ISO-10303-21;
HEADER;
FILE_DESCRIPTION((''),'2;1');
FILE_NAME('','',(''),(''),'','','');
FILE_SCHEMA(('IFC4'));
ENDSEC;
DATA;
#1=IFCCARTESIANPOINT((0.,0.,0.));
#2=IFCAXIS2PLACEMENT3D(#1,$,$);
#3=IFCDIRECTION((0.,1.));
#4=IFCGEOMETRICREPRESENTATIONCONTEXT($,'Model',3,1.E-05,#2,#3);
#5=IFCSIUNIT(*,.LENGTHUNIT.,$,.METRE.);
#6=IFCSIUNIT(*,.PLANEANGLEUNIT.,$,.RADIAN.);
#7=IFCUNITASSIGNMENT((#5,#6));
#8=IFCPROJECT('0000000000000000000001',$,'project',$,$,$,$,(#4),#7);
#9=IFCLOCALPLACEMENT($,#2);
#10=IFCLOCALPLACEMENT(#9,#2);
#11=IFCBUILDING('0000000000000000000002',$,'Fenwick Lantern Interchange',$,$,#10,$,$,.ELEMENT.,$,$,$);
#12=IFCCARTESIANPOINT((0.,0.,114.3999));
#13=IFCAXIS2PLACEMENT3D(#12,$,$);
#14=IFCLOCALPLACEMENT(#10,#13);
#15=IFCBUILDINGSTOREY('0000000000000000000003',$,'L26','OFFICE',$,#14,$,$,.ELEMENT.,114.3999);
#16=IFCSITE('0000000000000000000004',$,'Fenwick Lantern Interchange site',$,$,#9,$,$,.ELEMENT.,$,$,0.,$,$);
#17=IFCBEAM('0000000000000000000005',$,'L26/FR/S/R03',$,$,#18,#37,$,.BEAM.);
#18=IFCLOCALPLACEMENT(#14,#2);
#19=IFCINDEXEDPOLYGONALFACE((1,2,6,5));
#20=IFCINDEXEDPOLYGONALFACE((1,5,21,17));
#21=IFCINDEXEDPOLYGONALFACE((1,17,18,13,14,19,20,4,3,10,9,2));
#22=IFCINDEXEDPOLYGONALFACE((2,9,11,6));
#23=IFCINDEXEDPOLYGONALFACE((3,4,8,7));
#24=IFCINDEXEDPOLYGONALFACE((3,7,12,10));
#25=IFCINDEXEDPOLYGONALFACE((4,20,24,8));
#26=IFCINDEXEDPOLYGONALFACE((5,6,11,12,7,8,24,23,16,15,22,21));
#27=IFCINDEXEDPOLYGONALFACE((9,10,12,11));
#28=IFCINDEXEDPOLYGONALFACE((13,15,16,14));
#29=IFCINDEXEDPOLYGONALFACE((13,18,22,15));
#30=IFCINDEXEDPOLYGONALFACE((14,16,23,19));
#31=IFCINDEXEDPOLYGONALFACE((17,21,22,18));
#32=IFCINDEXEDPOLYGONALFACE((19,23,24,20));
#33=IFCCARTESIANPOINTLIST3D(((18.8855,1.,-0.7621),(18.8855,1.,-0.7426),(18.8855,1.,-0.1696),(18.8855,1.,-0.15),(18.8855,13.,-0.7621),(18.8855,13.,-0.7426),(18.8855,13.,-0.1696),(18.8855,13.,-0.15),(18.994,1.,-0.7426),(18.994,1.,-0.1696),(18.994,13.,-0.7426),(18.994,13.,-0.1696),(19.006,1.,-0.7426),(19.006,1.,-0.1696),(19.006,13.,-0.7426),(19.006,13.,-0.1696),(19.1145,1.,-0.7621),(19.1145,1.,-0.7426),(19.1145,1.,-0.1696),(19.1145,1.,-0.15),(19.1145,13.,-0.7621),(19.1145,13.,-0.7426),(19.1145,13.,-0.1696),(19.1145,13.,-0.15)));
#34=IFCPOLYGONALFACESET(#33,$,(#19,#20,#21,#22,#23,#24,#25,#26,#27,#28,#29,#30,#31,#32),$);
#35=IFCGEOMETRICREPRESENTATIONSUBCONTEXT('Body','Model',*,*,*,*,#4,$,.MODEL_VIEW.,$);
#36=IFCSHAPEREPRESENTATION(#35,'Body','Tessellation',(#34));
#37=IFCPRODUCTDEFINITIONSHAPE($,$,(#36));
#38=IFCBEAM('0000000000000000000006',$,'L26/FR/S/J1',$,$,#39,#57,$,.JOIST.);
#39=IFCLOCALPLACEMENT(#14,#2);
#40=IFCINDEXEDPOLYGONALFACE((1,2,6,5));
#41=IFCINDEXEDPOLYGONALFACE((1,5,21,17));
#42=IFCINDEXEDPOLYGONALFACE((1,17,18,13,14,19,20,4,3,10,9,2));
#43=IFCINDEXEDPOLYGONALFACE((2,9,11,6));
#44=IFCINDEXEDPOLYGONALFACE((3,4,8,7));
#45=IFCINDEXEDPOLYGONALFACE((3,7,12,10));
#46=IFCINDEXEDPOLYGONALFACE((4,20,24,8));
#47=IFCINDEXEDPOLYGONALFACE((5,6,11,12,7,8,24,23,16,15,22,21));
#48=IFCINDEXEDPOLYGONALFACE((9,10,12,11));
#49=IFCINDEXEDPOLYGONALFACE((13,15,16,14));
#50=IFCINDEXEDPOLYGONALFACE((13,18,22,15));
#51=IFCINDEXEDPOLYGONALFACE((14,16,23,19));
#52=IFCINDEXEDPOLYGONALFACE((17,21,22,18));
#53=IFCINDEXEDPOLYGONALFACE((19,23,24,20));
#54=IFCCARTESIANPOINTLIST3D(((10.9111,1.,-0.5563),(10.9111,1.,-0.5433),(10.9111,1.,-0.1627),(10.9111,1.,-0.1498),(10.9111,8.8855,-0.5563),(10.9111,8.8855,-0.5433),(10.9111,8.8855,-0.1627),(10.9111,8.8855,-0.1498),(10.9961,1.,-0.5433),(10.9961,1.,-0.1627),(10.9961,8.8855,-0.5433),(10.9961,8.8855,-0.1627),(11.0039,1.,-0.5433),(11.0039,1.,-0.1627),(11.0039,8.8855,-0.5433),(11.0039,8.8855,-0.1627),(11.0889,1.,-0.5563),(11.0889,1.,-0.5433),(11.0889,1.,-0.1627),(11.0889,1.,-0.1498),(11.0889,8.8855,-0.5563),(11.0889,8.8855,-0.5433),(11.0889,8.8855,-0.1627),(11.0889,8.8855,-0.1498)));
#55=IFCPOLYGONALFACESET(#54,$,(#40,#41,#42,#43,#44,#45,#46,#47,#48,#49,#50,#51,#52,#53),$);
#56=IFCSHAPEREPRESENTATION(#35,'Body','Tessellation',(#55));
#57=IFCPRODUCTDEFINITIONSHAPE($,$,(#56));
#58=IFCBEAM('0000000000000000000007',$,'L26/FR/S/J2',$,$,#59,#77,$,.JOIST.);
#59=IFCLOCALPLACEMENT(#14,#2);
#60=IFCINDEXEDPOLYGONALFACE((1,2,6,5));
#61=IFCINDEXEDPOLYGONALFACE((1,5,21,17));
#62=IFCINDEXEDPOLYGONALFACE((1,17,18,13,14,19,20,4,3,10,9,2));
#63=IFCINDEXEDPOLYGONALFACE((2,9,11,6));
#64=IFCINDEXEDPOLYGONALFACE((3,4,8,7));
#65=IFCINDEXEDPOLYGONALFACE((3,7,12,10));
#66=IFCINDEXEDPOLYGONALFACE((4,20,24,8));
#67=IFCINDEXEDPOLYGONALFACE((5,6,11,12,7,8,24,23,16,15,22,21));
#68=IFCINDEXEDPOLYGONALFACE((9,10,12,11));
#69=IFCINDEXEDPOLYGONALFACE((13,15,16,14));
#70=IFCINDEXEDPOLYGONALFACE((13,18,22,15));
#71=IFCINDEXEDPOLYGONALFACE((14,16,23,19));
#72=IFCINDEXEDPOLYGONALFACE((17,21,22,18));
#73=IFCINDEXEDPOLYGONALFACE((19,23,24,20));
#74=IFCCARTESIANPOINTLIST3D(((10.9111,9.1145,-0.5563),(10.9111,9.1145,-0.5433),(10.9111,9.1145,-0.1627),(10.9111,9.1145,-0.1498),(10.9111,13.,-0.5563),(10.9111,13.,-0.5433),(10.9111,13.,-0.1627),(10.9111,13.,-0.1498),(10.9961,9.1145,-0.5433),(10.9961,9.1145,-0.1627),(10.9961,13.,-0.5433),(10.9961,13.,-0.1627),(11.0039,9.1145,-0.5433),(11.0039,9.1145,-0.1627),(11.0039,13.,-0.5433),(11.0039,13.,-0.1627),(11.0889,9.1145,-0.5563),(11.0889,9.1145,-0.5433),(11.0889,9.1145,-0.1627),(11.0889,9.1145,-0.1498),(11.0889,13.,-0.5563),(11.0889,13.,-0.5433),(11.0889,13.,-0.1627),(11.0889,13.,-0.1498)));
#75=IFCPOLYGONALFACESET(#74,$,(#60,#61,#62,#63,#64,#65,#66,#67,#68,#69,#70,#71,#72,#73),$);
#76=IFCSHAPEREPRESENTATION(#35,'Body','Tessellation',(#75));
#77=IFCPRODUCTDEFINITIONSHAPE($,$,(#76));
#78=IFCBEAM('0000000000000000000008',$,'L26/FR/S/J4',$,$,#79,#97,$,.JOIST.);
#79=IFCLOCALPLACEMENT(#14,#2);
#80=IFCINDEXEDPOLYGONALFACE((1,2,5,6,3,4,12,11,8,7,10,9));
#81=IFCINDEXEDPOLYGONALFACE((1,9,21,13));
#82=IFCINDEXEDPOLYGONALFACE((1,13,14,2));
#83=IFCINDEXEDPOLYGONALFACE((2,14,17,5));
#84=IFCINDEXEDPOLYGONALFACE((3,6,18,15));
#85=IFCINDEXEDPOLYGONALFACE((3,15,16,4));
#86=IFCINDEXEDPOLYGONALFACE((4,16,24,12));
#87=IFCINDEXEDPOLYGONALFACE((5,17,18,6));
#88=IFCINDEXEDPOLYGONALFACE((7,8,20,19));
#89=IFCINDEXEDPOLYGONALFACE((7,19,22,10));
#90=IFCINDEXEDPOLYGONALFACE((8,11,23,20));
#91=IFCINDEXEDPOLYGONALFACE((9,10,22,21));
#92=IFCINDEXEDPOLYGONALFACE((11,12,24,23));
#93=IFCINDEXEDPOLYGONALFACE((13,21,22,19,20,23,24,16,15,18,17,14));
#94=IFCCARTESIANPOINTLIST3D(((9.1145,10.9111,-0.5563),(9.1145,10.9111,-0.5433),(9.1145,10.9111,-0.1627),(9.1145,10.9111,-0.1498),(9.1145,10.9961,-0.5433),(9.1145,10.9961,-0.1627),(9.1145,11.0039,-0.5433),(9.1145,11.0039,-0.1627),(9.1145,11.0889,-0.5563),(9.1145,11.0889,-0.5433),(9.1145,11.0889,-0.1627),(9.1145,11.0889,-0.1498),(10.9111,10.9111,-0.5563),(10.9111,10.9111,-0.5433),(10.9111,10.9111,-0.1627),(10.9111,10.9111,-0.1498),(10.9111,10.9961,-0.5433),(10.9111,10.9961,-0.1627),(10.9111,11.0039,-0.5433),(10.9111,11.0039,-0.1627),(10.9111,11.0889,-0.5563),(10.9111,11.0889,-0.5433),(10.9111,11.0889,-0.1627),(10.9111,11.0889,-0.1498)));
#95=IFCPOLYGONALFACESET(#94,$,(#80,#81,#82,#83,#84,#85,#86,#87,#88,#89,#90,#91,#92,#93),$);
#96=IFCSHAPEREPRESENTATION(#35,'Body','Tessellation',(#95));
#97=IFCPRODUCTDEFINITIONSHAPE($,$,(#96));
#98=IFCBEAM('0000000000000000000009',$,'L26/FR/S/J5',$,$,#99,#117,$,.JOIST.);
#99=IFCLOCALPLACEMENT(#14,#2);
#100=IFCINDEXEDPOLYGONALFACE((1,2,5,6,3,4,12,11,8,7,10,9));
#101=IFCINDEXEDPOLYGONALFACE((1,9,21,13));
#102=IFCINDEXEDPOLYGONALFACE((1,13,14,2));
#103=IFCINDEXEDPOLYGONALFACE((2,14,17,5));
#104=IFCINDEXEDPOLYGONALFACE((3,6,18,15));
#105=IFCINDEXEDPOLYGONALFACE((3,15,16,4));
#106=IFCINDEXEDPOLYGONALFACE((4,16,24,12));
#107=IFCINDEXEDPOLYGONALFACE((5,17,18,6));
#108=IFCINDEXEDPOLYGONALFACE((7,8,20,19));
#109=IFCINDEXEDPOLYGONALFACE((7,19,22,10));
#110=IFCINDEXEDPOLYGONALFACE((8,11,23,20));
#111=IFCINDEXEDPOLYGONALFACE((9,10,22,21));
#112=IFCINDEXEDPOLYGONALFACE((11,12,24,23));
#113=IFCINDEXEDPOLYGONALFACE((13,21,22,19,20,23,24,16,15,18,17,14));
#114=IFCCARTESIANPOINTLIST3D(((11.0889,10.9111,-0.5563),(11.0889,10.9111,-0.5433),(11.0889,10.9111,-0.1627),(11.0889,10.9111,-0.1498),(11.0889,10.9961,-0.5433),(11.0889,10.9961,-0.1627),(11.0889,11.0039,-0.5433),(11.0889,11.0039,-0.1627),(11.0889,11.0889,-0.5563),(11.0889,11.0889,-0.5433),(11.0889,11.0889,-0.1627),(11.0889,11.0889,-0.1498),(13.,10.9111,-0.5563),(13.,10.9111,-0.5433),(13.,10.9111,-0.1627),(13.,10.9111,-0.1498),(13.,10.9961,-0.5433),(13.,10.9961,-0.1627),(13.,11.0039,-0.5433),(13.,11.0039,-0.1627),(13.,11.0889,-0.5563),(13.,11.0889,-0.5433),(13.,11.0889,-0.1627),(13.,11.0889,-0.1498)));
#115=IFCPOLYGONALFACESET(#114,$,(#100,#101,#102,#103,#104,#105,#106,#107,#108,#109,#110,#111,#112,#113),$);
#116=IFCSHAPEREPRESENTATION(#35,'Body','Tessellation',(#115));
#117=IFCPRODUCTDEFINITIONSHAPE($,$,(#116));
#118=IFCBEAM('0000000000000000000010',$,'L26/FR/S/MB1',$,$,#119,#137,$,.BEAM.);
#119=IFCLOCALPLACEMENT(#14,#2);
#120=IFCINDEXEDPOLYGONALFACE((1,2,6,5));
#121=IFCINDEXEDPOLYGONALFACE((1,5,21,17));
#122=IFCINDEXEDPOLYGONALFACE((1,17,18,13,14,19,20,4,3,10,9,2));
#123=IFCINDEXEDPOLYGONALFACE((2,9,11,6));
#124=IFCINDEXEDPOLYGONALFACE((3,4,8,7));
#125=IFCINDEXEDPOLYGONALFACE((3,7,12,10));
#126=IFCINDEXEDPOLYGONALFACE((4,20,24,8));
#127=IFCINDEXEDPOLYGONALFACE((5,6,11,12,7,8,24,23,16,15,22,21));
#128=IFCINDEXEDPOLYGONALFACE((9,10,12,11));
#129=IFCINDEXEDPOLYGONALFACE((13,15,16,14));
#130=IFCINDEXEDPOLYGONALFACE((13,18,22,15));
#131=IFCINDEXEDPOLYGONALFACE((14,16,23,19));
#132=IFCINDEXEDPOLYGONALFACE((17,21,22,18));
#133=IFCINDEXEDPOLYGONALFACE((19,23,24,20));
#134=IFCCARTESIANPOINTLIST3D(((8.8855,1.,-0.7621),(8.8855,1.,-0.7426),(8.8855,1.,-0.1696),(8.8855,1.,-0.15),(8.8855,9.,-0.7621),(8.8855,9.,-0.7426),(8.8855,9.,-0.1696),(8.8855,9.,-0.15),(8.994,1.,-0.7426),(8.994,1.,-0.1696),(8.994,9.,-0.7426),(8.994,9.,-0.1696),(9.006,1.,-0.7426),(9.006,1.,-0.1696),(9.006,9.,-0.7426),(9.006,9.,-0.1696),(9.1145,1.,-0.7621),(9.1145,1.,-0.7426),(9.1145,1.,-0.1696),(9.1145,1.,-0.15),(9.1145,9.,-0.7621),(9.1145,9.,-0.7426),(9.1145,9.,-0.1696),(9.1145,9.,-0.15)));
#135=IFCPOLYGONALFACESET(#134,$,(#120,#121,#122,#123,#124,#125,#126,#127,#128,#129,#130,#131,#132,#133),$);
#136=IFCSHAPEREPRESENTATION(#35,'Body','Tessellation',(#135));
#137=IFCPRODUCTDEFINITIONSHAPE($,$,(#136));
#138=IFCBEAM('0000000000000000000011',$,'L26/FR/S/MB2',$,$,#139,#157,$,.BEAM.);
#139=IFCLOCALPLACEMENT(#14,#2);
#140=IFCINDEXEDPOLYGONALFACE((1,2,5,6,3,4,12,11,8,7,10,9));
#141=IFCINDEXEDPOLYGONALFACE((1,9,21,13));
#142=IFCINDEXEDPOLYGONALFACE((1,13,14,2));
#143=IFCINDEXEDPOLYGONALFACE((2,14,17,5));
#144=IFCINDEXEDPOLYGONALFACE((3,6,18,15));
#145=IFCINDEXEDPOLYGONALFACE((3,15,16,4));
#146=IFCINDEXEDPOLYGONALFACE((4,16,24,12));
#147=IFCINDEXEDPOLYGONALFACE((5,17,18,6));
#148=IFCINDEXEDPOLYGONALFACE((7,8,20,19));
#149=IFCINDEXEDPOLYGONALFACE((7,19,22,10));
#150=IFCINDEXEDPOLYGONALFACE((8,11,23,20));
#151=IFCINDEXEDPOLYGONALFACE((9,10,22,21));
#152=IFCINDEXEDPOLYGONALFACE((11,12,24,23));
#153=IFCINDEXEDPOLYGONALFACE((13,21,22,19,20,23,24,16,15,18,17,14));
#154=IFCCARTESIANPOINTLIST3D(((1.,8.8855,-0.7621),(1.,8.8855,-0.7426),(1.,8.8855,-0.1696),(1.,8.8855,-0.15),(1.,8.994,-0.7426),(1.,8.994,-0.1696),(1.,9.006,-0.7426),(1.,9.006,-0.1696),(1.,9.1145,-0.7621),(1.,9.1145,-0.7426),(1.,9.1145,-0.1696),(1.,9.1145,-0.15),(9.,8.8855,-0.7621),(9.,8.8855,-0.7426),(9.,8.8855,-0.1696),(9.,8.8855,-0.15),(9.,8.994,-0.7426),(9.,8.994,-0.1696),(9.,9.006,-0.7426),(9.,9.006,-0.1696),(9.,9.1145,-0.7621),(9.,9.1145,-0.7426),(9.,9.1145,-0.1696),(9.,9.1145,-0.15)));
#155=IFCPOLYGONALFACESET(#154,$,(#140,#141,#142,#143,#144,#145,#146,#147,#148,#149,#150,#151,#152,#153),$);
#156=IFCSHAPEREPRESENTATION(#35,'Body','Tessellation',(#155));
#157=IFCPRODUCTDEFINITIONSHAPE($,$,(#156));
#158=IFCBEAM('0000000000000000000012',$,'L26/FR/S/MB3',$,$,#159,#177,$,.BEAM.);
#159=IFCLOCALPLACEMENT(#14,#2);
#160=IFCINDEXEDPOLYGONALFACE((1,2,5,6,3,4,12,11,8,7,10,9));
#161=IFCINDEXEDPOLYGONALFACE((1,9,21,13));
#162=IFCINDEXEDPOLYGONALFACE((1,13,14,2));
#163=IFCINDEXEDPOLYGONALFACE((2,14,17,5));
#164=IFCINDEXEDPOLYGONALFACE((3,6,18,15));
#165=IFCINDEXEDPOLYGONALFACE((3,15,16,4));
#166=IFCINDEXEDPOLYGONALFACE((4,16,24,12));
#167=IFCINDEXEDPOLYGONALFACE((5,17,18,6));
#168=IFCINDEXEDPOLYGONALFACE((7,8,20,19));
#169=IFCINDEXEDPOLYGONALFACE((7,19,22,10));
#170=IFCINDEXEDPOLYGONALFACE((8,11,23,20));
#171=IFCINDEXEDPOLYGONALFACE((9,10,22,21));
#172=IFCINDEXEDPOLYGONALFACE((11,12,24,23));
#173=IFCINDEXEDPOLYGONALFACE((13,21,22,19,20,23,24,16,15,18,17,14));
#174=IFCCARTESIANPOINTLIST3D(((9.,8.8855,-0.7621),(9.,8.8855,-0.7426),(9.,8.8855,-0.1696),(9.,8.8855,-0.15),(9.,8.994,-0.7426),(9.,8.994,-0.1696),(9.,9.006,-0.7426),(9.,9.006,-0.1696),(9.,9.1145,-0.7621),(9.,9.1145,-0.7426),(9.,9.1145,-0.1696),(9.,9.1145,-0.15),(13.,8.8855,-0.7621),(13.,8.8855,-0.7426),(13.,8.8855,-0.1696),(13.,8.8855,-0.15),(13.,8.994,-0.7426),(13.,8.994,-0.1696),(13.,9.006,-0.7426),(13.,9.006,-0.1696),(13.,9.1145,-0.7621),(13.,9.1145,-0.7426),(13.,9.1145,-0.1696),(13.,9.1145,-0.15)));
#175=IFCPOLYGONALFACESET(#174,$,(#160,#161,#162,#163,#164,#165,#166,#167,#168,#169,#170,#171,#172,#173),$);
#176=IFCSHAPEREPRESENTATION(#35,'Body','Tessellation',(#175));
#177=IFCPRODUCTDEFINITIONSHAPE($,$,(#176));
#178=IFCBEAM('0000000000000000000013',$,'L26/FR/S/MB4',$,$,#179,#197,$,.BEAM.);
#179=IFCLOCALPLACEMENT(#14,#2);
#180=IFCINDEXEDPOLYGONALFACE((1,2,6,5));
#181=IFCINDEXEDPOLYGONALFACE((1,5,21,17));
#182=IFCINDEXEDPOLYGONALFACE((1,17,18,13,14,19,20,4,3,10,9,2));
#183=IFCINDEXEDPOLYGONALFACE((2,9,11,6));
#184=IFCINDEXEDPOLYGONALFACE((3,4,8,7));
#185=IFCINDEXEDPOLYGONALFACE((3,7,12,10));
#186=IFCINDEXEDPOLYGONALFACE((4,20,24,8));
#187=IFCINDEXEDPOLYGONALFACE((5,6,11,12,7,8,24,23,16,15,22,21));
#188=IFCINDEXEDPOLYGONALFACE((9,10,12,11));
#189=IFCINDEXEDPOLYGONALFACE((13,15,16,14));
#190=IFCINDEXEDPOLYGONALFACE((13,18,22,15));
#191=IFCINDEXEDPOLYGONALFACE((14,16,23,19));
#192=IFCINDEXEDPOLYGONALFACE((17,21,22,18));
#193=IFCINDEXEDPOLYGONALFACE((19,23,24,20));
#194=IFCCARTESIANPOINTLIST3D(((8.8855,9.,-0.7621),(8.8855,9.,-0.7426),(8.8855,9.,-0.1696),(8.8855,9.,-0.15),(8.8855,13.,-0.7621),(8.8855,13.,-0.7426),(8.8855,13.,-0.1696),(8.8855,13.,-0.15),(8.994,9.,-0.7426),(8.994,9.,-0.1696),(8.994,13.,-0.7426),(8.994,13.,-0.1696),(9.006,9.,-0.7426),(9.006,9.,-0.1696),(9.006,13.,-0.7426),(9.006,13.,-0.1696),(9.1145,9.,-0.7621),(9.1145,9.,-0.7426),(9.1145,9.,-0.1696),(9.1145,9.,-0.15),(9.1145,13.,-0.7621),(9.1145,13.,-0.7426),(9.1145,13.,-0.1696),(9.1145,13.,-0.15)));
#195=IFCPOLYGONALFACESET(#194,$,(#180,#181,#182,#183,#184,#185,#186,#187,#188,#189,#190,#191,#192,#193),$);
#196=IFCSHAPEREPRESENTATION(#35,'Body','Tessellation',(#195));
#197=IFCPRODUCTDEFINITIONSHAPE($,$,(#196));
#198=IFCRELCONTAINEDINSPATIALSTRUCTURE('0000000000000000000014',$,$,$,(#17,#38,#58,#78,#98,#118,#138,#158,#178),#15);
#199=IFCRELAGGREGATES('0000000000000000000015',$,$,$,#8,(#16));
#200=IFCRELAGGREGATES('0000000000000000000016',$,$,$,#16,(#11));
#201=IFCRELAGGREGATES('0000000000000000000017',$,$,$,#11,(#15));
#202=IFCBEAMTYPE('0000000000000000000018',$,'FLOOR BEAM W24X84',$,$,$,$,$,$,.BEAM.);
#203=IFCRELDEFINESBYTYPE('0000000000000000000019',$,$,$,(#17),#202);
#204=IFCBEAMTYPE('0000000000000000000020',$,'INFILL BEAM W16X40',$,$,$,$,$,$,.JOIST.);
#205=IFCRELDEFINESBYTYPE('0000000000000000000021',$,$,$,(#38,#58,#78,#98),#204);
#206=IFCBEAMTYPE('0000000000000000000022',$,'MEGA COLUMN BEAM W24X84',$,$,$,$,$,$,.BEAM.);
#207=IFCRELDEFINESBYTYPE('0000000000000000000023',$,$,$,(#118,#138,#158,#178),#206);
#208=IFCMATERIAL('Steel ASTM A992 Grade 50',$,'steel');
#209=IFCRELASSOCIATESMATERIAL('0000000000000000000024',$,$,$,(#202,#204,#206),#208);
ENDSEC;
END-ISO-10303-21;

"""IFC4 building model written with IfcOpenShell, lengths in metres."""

from ifc_helpers import new_model, si_unit, direction, frame, origin, origin_2d, place, context, subcontext, project, spatial, i_section, extrude, material, material_profile, profile_set, type_object, element, save


model = new_model("IFC4")

# Units and contexts
model_context = context("Model", 3, precision=1e-05, world=origin(), true_north=direction((0.0, 1.0)))
body_context = subcontext(model_context, "Body", "Model", "MODEL_VIEW")
ifc_project = project(units=[si_unit("LENGTHUNIT", "METRE"), si_unit("PLANEANGLEUNIT", "RADIAN")], contexts=[model_context])

# Site, building, storey
site_placement = place(None, origin())
site = spatial("IfcSite", under=ifc_project, at=site_placement, Name="Fenwick Lantern Interchange site", CompositionType="ELEMENT", RefElevation=0.0)
building_placement = place(site_placement, origin())
building = spatial("IfcBuilding", under=site, at=building_placement, Name="Fenwick Lantern Interchange", CompositionType="ELEMENT")
storey_placement = place(building_placement, frame((0.0, 0.0, 114.3999)))
storey = spatial("IfcBuildingStorey", under=building, at=storey_placement, Name="L26", Description="OFFICE", CompositionType="ELEMENT", Elevation=114.3999)

# Shared definitions
ifc_material_1 = material(Name="Steel ASTM A992 Grade 50", Category="steel")

# Beams
ifc_material_profile_1 = material_profile(ifc_material_1, i_section(OverallWidth=0.229, OverallDepth=0.6121, WebThickness=0.012, FlangeThickness=0.0195, at=origin_2d()), Name="W24X84")
ifc_profile_set_1 = profile_set([ifc_material_profile_1], Name="Steel ASTM A992 Grade 50")
beam_type_1 = type_object("IfcBeamType", Name="FLOOR BEAM W24X84", PredefinedType="BEAM", material=ifc_profile_set_1)
for number, where, z_axis, x_axis, name in (
    (1, (19.0, 1.0, -0.4561), (0.0, 1.0, 0.0), (-1.0, 0.0, 0.0), "L26/FR/S/R03"),
):
    element("IfcBeam", number, at=place(storey_placement, frame(where, z_axis=z_axis, x_axis=x_axis)), inside=storey, type_object=beam_type_1, Name=name, PredefinedType="BEAM", context=body_context, shape_type="SweptSolid", body=[
        extrude(i_section(OverallWidth=0.229, OverallDepth=0.6121, WebThickness=0.012, FlangeThickness=0.0195, at=origin_2d()), origin(), (0.0, 0.0, 1.0), 12.0),
    ])
ifc_material_profile_2 = material_profile(ifc_material_1, i_section(OverallWidth=0.1777, OverallDepth=0.4065, WebThickness=0.0078, FlangeThickness=0.0129, at=origin_2d()), Name="W16X40")
ifc_profile_set_2 = profile_set([ifc_material_profile_2], Name="Steel ASTM A992 Grade 50")
beam_type_2 = type_object("IfcBeamType", Name="INFILL BEAM W16X40", PredefinedType="JOIST", material=ifc_profile_set_2)
beam_1_placement = place(storey_placement, frame((11.0, 1.0, -0.353), z_axis=(0.0, 1.0, 0.0), x_axis=(-1.0, 0.0, 0.0)))
element("IfcBeam", 2, at=beam_1_placement, inside=storey, type_object=beam_type_2, Name="L26/FR/S/J1", PredefinedType="JOIST", context=body_context, shape_type="SweptSolid", body=[
    extrude(i_section(OverallWidth=0.1777, OverallDepth=0.4065, WebThickness=0.0078, FlangeThickness=0.0129, at=origin_2d()), origin(), (0.0, 0.0, 1.0), 7.8855),
])
beam_2_placement = place(storey_placement, frame((11.0, 9.1145, -0.353), z_axis=(0.0, 1.0, 0.0), x_axis=(-1.0, 0.0, 0.0)))
element("IfcBeam", 3, at=beam_2_placement, inside=storey, type_object=beam_type_2, Name="L26/FR/S/J2", PredefinedType="JOIST", context=body_context, shape_type="SweptSolid", body=[
    extrude(i_section(OverallWidth=0.1777, OverallDepth=0.4065, WebThickness=0.0078, FlangeThickness=0.0129, at=origin_2d()), origin(), (0.0, 0.0, 1.0), 3.8855),
])
beam_3_placement = place(storey_placement, frame((9.1145, 11.0, -0.353), z_axis=(1.0, 0.0, 0.0), x_axis=(0.0, 1.0, 0.0)))
element("IfcBeam", 4, at=beam_3_placement, inside=storey, type_object=beam_type_2, Name="L26/FR/S/J4", PredefinedType="JOIST", context=body_context, shape_type="SweptSolid", body=[
    extrude(i_section(OverallWidth=0.1777, OverallDepth=0.4065, WebThickness=0.0078, FlangeThickness=0.0129, at=origin_2d()), origin(), (0.0, 0.0, 1.0), 1.7966),
])
beam_4_placement = place(storey_placement, frame((11.0889, 11.0, -0.353), z_axis=(1.0, 0.0, 0.0), x_axis=(0.0, 1.0, 0.0)))
element("IfcBeam", 5, at=beam_4_placement, inside=storey, type_object=beam_type_2, Name="L26/FR/S/J5", PredefinedType="JOIST", context=body_context, shape_type="SweptSolid", body=[
    extrude(i_section(OverallWidth=0.1777, OverallDepth=0.4065, WebThickness=0.0078, FlangeThickness=0.0129, at=origin_2d()), origin(), (0.0, 0.0, 1.0), 1.9111),
])
ifc_material_profile_3 = material_profile(ifc_material_1, i_section(OverallWidth=0.229, OverallDepth=0.6121, WebThickness=0.012, FlangeThickness=0.0195, at=origin_2d()), Name="W24X84")
ifc_profile_set_3 = profile_set([ifc_material_profile_3], Name="Steel ASTM A992 Grade 50")
beam_type_3 = type_object("IfcBeamType", Name="MEGA COLUMN BEAM W24X84", PredefinedType="BEAM", material=ifc_profile_set_3)
for number, where, z_axis, x_axis, name in (
    (6, (9.0, 9.0, -0.4561), (0.0, -1.0, 0.0), (1.0, 0.0, 0.0), "L26/FR/S/MB1"),
    (7, (9.0, 9.0, -0.4561), (-1.0, 0.0, 0.0), (0.0, -1.0, 0.0), "L26/FR/S/MB2"),
):
    element("IfcBeam", number, at=place(storey_placement, frame(where, z_axis=z_axis, x_axis=x_axis)), inside=storey, type_object=beam_type_3, Name=name, PredefinedType="BEAM", context=body_context, shape_type="SweptSolid", body=[
        extrude(i_section(OverallWidth=0.229, OverallDepth=0.6121, WebThickness=0.012, FlangeThickness=0.0195, at=origin_2d()), origin(), (0.0, 0.0, 1.0), 8.0),
    ])
for number, where, z_axis, x_axis, name in (
    (8, (9.0, 9.0, -0.4561), (1.0, 0.0, 0.0), (0.0, 1.0, 0.0), "L26/FR/S/MB3"),
    (9, (9.0, 9.0, -0.4561), (0.0, 1.0, 0.0), (-1.0, 0.0, 0.0), "L26/FR/S/MB4"),
):
    element("IfcBeam", number, at=place(storey_placement, frame(where, z_axis=z_axis, x_axis=x_axis)), inside=storey, type_object=beam_type_3, Name=name, PredefinedType="BEAM", context=body_context, shape_type="SweptSolid", body=[
        extrude(i_section(OverallWidth=0.229, OverallDepth=0.6121, WebThickness=0.012, FlangeThickness=0.0195, at=origin_2d()), origin(), (0.0, 0.0, 1.0), 4.0),
    ])

save(model, "model.ifc")
